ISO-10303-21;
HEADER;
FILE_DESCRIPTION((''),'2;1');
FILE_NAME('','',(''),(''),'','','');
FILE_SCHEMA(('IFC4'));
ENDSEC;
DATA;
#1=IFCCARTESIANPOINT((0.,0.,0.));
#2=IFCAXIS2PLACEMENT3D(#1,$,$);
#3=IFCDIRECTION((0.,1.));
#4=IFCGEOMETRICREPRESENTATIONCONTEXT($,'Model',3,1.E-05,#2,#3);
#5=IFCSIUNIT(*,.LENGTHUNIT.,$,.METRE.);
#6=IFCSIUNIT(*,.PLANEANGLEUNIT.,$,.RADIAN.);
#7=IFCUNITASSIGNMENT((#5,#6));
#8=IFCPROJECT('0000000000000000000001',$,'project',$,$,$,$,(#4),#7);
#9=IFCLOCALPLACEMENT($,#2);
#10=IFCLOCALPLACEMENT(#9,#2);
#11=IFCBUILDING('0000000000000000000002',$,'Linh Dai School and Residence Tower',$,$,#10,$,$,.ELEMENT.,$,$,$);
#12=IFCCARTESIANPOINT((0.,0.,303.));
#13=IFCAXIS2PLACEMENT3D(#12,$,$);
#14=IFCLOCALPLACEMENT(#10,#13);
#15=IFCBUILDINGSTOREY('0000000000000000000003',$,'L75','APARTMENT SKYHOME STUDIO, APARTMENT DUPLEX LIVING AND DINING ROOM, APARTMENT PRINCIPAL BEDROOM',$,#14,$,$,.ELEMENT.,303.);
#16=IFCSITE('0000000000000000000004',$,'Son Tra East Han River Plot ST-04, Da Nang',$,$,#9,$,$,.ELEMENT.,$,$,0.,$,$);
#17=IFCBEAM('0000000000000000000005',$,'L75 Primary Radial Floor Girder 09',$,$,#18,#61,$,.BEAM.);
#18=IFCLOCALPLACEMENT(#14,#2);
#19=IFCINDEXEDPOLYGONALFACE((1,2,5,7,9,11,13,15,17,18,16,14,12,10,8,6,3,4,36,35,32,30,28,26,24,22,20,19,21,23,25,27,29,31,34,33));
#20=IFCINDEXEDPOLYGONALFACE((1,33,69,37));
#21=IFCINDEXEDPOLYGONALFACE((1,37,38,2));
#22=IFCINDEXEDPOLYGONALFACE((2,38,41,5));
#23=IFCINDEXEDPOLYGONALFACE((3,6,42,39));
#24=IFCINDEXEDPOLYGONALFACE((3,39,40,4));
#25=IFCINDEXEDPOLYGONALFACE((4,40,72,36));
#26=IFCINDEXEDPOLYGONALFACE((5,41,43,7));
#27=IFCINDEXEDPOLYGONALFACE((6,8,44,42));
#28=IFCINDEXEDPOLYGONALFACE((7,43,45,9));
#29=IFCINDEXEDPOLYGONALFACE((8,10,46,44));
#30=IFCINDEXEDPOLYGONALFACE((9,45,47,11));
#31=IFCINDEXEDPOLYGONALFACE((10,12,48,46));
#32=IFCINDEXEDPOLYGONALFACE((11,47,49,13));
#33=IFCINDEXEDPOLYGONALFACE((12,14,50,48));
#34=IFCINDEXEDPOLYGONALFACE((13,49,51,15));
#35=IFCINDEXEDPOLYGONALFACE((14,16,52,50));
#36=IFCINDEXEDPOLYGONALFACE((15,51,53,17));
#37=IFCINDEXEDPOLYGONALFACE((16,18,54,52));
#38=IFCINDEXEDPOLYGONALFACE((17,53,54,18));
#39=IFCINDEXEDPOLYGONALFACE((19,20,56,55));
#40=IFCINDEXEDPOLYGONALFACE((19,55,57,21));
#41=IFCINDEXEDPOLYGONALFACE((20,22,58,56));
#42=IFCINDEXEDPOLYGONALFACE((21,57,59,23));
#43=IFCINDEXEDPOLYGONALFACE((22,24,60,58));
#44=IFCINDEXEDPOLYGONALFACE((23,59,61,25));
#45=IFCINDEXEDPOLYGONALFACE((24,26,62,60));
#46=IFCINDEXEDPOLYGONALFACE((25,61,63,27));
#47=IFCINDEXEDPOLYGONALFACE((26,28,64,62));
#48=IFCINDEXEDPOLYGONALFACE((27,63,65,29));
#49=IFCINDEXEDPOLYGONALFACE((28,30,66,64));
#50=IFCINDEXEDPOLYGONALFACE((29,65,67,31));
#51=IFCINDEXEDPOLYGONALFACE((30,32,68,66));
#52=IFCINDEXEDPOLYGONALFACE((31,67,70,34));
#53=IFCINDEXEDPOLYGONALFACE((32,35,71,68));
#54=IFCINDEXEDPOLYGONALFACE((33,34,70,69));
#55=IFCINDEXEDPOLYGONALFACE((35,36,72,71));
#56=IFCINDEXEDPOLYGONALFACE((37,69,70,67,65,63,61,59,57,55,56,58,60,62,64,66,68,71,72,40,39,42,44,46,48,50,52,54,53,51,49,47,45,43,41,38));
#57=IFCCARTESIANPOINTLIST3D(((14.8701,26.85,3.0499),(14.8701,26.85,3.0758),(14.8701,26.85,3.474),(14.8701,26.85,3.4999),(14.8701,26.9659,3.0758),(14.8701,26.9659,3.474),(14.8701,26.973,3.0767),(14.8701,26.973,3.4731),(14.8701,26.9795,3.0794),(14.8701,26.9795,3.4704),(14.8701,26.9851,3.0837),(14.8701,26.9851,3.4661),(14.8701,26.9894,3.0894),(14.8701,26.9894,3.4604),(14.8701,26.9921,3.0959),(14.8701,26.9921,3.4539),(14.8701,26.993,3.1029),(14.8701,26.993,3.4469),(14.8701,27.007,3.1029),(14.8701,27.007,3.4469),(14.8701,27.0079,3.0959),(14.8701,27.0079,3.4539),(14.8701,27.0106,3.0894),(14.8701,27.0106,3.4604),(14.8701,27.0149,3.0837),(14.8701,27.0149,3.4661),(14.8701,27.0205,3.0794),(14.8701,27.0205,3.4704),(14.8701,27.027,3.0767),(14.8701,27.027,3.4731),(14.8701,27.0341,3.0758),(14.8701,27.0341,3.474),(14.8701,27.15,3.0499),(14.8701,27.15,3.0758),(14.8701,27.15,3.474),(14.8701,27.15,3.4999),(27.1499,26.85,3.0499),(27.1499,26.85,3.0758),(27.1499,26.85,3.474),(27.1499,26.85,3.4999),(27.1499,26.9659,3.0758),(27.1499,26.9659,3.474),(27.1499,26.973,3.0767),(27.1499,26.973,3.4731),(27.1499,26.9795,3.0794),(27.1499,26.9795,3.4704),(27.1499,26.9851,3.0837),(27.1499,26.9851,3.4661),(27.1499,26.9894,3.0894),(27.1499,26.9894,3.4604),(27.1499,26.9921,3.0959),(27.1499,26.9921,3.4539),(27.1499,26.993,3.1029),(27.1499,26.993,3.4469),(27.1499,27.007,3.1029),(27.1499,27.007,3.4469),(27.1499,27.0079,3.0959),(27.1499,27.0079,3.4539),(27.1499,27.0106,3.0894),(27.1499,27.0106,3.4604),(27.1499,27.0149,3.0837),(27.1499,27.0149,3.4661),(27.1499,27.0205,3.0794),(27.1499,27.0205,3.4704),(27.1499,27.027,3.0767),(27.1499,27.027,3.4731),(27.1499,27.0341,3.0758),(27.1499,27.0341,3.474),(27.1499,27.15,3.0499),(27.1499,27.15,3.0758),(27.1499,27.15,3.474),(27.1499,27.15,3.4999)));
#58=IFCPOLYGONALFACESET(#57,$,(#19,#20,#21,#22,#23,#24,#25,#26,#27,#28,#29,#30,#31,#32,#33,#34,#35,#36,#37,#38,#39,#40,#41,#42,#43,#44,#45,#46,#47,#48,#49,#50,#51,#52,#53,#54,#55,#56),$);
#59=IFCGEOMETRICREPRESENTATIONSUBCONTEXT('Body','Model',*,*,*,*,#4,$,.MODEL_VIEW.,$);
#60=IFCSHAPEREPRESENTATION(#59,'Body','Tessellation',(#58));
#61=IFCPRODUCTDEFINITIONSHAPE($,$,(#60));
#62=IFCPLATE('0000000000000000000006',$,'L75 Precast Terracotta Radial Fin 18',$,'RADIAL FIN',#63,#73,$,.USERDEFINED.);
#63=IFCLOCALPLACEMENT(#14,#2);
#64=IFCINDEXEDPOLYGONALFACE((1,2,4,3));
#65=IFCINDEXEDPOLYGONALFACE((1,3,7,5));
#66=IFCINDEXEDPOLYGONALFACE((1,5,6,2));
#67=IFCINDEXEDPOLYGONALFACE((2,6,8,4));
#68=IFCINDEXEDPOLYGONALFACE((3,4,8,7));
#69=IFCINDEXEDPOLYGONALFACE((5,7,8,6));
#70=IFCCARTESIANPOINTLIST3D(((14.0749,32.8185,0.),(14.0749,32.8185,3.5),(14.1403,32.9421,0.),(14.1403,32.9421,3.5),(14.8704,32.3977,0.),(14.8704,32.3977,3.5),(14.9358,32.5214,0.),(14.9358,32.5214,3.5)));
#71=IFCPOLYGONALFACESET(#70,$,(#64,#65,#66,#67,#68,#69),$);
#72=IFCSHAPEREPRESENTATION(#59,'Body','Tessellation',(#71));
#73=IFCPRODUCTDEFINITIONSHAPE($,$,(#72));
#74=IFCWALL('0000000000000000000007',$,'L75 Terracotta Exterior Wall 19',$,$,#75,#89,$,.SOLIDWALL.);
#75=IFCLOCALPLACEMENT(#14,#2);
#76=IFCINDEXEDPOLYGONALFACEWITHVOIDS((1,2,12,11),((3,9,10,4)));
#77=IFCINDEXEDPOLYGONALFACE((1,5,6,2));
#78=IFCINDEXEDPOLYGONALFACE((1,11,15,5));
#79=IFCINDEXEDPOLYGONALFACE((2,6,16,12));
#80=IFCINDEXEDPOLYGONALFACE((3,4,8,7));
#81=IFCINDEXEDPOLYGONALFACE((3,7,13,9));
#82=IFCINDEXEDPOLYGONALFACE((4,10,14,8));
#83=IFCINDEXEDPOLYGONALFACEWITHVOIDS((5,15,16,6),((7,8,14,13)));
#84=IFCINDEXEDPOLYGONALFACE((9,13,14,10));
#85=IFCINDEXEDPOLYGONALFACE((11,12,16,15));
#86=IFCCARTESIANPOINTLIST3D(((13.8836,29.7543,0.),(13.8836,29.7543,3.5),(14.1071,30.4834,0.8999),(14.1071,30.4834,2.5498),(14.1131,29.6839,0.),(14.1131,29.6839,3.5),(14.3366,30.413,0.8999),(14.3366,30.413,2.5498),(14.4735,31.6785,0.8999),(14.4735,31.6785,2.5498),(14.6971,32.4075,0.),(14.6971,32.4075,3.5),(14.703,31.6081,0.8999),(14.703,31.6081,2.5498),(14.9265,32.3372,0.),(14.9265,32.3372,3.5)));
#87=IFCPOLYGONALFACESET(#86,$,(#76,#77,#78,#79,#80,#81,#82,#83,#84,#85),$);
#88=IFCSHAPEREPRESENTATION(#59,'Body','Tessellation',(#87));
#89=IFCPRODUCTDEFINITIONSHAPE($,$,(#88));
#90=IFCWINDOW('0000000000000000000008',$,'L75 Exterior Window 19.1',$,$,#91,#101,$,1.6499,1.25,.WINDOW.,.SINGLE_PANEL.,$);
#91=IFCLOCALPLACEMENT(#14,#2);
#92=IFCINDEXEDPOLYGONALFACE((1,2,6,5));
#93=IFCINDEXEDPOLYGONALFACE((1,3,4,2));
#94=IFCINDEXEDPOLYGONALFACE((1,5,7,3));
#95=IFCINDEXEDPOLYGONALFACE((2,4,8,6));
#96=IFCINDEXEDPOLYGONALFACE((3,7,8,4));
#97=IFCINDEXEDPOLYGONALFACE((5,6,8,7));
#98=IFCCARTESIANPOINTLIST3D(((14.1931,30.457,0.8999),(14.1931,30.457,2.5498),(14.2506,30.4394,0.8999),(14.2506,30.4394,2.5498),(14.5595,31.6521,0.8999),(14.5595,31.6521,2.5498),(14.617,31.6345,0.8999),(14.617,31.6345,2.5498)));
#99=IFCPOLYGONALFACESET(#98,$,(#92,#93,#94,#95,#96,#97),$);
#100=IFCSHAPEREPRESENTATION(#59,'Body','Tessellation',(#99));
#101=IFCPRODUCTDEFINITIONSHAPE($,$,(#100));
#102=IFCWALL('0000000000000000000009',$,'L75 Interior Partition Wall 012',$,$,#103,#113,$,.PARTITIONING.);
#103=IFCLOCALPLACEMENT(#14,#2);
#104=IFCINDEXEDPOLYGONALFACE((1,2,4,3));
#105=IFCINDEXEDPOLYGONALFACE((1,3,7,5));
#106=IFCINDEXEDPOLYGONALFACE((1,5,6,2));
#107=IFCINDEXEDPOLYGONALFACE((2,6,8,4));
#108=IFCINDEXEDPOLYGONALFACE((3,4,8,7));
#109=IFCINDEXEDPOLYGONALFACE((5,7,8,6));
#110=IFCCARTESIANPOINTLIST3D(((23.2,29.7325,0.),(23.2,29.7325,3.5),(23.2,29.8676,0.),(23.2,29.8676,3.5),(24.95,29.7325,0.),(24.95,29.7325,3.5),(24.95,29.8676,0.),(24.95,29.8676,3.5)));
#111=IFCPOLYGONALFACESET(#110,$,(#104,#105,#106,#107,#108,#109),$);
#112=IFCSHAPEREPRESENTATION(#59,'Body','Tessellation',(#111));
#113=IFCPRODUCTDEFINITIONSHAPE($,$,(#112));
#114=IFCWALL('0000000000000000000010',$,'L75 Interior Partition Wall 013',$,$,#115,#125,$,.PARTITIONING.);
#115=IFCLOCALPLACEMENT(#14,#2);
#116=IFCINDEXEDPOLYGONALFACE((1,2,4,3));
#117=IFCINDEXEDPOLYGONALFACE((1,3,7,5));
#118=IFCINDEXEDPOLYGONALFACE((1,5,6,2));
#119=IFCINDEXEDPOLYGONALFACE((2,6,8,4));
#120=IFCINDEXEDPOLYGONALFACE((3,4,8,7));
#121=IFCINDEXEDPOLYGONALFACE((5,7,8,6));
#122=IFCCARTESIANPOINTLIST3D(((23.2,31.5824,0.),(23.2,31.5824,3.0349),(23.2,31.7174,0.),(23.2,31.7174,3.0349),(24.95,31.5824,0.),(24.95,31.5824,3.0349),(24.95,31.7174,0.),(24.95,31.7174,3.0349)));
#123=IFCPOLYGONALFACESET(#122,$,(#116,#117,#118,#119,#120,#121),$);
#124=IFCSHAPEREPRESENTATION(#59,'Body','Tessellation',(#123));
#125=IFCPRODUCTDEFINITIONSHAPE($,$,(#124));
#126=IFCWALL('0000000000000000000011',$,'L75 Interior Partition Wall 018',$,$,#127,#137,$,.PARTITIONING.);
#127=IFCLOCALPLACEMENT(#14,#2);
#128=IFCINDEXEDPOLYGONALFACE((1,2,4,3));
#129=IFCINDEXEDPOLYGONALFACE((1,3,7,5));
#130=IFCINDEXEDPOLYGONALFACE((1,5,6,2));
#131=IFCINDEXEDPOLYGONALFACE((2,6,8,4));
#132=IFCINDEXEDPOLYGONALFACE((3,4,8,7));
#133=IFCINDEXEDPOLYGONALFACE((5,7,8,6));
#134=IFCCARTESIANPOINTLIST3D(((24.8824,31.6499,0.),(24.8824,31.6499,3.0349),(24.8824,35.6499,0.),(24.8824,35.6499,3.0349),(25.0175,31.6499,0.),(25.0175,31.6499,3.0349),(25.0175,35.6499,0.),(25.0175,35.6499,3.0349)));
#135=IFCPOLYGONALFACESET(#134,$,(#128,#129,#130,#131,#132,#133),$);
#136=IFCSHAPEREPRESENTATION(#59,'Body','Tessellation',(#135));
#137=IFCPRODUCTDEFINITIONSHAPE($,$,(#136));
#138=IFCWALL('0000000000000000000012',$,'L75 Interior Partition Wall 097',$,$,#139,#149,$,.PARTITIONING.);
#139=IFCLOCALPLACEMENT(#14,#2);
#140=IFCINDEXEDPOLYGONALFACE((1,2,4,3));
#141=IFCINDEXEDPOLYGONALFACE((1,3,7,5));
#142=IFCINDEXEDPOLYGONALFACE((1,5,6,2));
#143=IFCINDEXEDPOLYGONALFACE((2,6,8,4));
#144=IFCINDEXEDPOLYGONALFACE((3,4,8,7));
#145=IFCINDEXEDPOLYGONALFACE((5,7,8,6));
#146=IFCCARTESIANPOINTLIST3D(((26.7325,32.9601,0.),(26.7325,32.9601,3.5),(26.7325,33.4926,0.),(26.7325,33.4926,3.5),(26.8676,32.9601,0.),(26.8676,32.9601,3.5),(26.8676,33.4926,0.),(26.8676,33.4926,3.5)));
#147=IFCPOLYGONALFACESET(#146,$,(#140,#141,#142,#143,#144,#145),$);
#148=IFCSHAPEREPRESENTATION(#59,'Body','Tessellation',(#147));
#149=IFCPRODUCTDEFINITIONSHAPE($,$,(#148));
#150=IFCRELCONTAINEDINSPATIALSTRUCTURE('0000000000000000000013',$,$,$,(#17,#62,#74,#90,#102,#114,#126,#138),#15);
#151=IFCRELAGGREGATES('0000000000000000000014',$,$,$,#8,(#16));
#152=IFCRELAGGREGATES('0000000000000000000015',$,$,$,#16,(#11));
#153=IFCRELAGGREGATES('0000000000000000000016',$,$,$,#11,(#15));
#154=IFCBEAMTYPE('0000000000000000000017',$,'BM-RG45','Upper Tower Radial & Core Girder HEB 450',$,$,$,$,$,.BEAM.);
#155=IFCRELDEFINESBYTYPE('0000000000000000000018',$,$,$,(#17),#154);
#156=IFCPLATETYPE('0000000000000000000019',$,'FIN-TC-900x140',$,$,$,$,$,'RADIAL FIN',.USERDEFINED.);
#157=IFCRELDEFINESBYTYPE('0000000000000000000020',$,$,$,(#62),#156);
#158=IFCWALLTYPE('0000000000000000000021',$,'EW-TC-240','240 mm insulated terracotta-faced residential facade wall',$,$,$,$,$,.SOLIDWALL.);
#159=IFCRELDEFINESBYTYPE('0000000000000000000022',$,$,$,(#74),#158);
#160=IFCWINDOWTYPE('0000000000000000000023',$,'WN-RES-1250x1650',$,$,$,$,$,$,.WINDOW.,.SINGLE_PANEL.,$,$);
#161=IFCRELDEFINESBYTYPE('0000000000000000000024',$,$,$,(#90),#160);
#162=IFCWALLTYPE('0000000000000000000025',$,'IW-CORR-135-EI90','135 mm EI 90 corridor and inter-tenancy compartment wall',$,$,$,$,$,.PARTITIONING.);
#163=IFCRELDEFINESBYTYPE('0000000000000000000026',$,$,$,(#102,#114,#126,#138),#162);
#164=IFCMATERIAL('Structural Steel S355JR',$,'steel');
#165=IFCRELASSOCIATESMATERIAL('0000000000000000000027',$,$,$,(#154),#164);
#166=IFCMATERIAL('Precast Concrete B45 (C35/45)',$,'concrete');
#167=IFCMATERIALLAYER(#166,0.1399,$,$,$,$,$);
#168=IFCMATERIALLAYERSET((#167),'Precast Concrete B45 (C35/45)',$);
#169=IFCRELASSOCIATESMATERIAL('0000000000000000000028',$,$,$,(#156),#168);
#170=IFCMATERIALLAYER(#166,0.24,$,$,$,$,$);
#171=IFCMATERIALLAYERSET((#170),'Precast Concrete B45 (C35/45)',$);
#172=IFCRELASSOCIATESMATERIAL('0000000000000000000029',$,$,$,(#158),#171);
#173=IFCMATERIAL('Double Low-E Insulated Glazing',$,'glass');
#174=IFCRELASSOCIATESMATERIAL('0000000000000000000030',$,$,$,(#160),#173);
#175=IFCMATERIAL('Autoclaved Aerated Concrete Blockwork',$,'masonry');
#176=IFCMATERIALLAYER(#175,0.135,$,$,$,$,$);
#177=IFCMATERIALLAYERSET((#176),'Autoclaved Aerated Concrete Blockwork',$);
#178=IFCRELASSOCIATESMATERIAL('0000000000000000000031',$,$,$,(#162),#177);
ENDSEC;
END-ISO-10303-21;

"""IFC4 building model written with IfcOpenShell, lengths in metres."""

from ifc_helpers import new_model, si_unit, direction, frame, frame_2d, origin, origin_2d, place, context, subcontext, project, spatial, rectangle, i_section, extrude, source, transform, mapped, material, layer, layer_set, material_profile, profile_set, type_object, element, fill, save


model = new_model("IFC4")

# Units and contexts
model_context = context("Model", 3, precision=1e-05, world=origin(), true_north=direction((0.0, 1.0)))
body_context = subcontext(model_context, "Body", "Model", "MODEL_VIEW")
ifc_project = project(units=[si_unit("LENGTHUNIT", "METRE"), si_unit("PLANEANGLEUNIT", "RADIAN")], contexts=[model_context])

# Site, building, storey
site_placement = place(None, origin())
site = spatial("IfcSite", under=ifc_project, at=site_placement, Name="Son Tra East Han River Plot ST-04, Da Nang", CompositionType="ELEMENT", RefElevation=0.0)
building_placement = place(site_placement, origin())
building = spatial("IfcBuilding", under=site, at=building_placement, Name="Linh Dai School and Residence Tower", CompositionType="ELEMENT")
storey_placement = place(building_placement, frame((0.0, 0.0, 303.0)))
storey = spatial("IfcBuildingStorey", under=building, at=storey_placement, Name="L75", Description="APARTMENT SKYHOME STUDIO, APARTMENT DUPLEX LIVING AND DINING ROOM, APARTMENT PRINCIPAL BEDROOM", CompositionType="ELEMENT", Elevation=303.0)

# Shared definitions
ifc_material_1 = material(Name="Structural Steel S355JR", Category="steel")

# Beam
ifc_material_profile_1 = material_profile(ifc_material_1, i_section(OverallWidth=0.3, OverallDepth=0.45, WebThickness=0.0139, FlangeThickness=0.0259, FilletRadius=0.0271, at=origin_2d()), Name="HEB 450")
ifc_profile_set_1 = profile_set([ifc_material_profile_1], Name="Structural Steel S355JR")
beam_type = type_object("IfcBeamType", Name="BM-RG45", Description="Upper Tower Radial & Core Girder HEB 450", PredefinedType="BEAM", material=ifc_profile_set_1)
beam_1_placement = place(storey_placement, frame((27.1499, 27.0, 3.2749), z_axis=(-1.0, 0.0, 0.0), x_axis=(0.0, -1.0, 0.0)))
element("IfcBeam", 1, at=beam_1_placement, inside=storey, type_object=beam_type, Name="L75 Primary Radial Floor Girder 09", PredefinedType="BEAM", context=body_context, shape_type="SweptSolid", body=[
    extrude(i_section(OverallWidth=0.3, OverallDepth=0.45, WebThickness=0.0139, FlangeThickness=0.0259, FilletRadius=0.0271, at=origin_2d()), origin(), (0.0, 0.0, 1.0), 12.2798),
])

# Plate
ifc_material_2 = material(Name="Precast Concrete B45 (C35/45)", Category="concrete")
ifc_layer_1 = layer(ifc_material_2, 0.1399)
ifc_layer_set_1 = layer_set([ifc_layer_1], Name="Precast Concrete B45 (C35/45)")
plate_type = type_object("IfcPlateType", Name="FIN-TC-900x140", ElementType="RADIAL FIN", PredefinedType="USERDEFINED", material=ifc_layer_set_1)
shared_shape_1 = source(origin(), body_context, "Body", "SweptSolid", [
    extrude(rectangle(XDim=0.8999, YDim=0.1399, at=origin_2d()), origin(), (0.0, 0.0, 1.0), 3.5),
])
plate_placement = place(storey_placement, frame((14.5054, 32.6699, 0.0), z_axis=(0.0, 0.0, 1.0), x_axis=(-0.883938, 0.467604, 0.0)))
element("IfcPlate", 2, at=plate_placement, inside=storey, type_object=plate_type, Name="L75 Precast Terracotta Radial Fin 18", ObjectType="RADIAL FIN", PredefinedType="USERDEFINED", context=body_context, shape_type="MappedRepresentation", body=[
    mapped(shared_shape_1, transform((0.0, 0.0, 0.0), x_axis=(1.0, 0.0, 0.0), y_axis=(0.0, 1.0, 0.0), z_axis=(0.0, 0.0, 1.0), scale=1.0)),
])

# Shared definitions
ifc_layer_2 = layer(ifc_material_2, 0.24)
ifc_layer_set_2 = layer_set([ifc_layer_2], Name="Precast Concrete B45 (C35/45)")
wall_type_1 = type_object("IfcWallType", Name="EW-TC-240", Description="240 mm insulated terracotta-faced residential facade wall", PredefinedType="SOLIDWALL", material=ifc_layer_set_2)

# Wall, opening, window
wall_1_placement = place(storey_placement, frame((13.9983, 29.719, 0.0), z_axis=(0.0, 0.0, 1.0), x_axis=(0.293121, 0.956075, 0.0)))
wall_1 = element("IfcWall", 3, at=wall_1_placement, inside=storey, type_object=wall_type_1, Name="L75 Terracotta Exterior Wall 19", PredefinedType="SOLIDWALL", context=body_context, shape_type="SweptSolid", body=[
    extrude(rectangle(XDim=2.7751, YDim=0.24, at=frame_2d((1.3877, 0.0))), origin(), (0.0, 0.0, 1.0), 3.5),
])
opening_1_placement = place(wall_1_placement, frame((0.7627, 0.0, 0.8999)))
opening_1 = element("IfcOpeningElement", 4, at=opening_1_placement, cuts=wall_1, PredefinedType="OPENING", context=body_context, shape_type="SweptSolid", body=[
    extrude(rectangle(XDim=1.25, YDim=1.6499, at=origin_2d()), frame((0.625, 0.1299, 0.825), z_axis=(0.0, -1.0, 0.0), x_axis=(1.0, 0.0, 0.0)), (0.0, 0.0, 1.0), 0.26),
])
ifc_material_3 = material(Name="Double Low-E Insulated Glazing", Category="glass")
window_type = type_object("IfcWindowType", Name="WN-RES-1250x1650", PartitioningType="SINGLE_PANEL", PredefinedType="WINDOW", material=ifc_material_3)
shared_shape_2 = source(origin(), body_context, "Body", "SweptSolid", [
    extrude(rectangle(XDim=1.25, YDim=1.6499, at=origin_2d()), frame((0.625, 0.03, 0.825), z_axis=(0.0, -1.0, 0.0), x_axis=(1.0, 0.0, 0.0)), (0.0, 0.0, 1.0), 0.0601),
])
window_placement = place(opening_1_placement, origin())
window = element("IfcWindow", 5, at=window_placement, inside=storey, type_object=window_type, Name="L75 Exterior Window 19.1", OverallHeight=1.6499, OverallWidth=1.25, PartitioningType="SINGLE_PANEL", PredefinedType="WINDOW", context=body_context, shape_type="MappedRepresentation", body=[
    mapped(shared_shape_2, transform((0.0, 0.0, 0.0), x_axis=(1.0, 0.0, 0.0), y_axis=(0.0, 1.0, 0.0), z_axis=(0.0, 0.0, 1.0), scale=1.0)),
])
fill(opening_1, window)

# Shared definitions
ifc_material_4 = material(Name="Autoclaved Aerated Concrete Blockwork", Category="masonry")
ifc_layer_3 = layer(ifc_material_4, 0.135)
ifc_layer_set_3 = layer_set([ifc_layer_3], Name="Autoclaved Aerated Concrete Blockwork")
wall_type_2 = type_object("IfcWallType", Name="IW-CORR-135-EI90", Description="135 mm EI 90 corridor and inter-tenancy compartment wall", PredefinedType="PARTITIONING", material=ifc_layer_set_3)

# Walls
wall_2_placement = place(storey_placement, frame((23.2, 29.8, 0.0), z_axis=(0.0, 0.0, 1.0), x_axis=(1.0, 0.0, 0.0)))
element("IfcWall", 6, at=wall_2_placement, inside=storey, type_object=wall_type_2, Name="L75 Interior Partition Wall 012", PredefinedType="PARTITIONING", context=body_context, shape_type="SweptSolid", body=[
    extrude(rectangle(XDim=1.75, YDim=0.135, at=frame_2d((0.875, 0.0))), origin(), (0.0, 0.0, 1.0), 3.5),
])
wall_3_placement = place(storey_placement, frame((23.2, 31.6499, 0.0), z_axis=(0.0, 0.0, 1.0), x_axis=(1.0, 0.0, 0.0)))
element("IfcWall", 7, at=wall_3_placement, inside=storey, type_object=wall_type_2, Name="L75 Interior Partition Wall 013", PredefinedType="PARTITIONING", context=body_context, shape_type="SweptSolid", body=[
    extrude(rectangle(XDim=1.75, YDim=0.135, at=frame_2d((0.875, 0.0))), origin(), (0.0, 0.0, 1.0), 3.0349),
])
wall_4_placement = place(storey_placement, frame((24.95, 31.6499, 0.0), z_axis=(0.0, 0.0, 1.0), x_axis=(0.0, 1.0, 0.0)))
element("IfcWall", 8, at=wall_4_placement, inside=storey, type_object=wall_type_2, Name="L75 Interior Partition Wall 018", PredefinedType="PARTITIONING", context=body_context, shape_type="SweptSolid", body=[
    extrude(rectangle(XDim=4.0, YDim=0.135, at=frame_2d((2.0, 0.0))), origin(), (0.0, 0.0, 1.0), 3.0349),
])
wall_5_placement = place(storey_placement, frame((26.8, 33.4924, 0.0), z_axis=(0.0, 0.0, 1.0), x_axis=(0.0, -1.0, 0.0)))
element("IfcWall", 9, at=wall_5_placement, inside=storey, type_object=wall_type_2, Name="L75 Interior Partition Wall 097", PredefinedType="PARTITIONING", context=body_context, shape_type="SweptSolid", body=[
    extrude(rectangle(XDim=0.5325, YDim=0.135, at=frame_2d((0.2661, 0.0))), origin(), (0.0, 0.0, 1.0), 3.5),
])

save(model, "model.ifc")
